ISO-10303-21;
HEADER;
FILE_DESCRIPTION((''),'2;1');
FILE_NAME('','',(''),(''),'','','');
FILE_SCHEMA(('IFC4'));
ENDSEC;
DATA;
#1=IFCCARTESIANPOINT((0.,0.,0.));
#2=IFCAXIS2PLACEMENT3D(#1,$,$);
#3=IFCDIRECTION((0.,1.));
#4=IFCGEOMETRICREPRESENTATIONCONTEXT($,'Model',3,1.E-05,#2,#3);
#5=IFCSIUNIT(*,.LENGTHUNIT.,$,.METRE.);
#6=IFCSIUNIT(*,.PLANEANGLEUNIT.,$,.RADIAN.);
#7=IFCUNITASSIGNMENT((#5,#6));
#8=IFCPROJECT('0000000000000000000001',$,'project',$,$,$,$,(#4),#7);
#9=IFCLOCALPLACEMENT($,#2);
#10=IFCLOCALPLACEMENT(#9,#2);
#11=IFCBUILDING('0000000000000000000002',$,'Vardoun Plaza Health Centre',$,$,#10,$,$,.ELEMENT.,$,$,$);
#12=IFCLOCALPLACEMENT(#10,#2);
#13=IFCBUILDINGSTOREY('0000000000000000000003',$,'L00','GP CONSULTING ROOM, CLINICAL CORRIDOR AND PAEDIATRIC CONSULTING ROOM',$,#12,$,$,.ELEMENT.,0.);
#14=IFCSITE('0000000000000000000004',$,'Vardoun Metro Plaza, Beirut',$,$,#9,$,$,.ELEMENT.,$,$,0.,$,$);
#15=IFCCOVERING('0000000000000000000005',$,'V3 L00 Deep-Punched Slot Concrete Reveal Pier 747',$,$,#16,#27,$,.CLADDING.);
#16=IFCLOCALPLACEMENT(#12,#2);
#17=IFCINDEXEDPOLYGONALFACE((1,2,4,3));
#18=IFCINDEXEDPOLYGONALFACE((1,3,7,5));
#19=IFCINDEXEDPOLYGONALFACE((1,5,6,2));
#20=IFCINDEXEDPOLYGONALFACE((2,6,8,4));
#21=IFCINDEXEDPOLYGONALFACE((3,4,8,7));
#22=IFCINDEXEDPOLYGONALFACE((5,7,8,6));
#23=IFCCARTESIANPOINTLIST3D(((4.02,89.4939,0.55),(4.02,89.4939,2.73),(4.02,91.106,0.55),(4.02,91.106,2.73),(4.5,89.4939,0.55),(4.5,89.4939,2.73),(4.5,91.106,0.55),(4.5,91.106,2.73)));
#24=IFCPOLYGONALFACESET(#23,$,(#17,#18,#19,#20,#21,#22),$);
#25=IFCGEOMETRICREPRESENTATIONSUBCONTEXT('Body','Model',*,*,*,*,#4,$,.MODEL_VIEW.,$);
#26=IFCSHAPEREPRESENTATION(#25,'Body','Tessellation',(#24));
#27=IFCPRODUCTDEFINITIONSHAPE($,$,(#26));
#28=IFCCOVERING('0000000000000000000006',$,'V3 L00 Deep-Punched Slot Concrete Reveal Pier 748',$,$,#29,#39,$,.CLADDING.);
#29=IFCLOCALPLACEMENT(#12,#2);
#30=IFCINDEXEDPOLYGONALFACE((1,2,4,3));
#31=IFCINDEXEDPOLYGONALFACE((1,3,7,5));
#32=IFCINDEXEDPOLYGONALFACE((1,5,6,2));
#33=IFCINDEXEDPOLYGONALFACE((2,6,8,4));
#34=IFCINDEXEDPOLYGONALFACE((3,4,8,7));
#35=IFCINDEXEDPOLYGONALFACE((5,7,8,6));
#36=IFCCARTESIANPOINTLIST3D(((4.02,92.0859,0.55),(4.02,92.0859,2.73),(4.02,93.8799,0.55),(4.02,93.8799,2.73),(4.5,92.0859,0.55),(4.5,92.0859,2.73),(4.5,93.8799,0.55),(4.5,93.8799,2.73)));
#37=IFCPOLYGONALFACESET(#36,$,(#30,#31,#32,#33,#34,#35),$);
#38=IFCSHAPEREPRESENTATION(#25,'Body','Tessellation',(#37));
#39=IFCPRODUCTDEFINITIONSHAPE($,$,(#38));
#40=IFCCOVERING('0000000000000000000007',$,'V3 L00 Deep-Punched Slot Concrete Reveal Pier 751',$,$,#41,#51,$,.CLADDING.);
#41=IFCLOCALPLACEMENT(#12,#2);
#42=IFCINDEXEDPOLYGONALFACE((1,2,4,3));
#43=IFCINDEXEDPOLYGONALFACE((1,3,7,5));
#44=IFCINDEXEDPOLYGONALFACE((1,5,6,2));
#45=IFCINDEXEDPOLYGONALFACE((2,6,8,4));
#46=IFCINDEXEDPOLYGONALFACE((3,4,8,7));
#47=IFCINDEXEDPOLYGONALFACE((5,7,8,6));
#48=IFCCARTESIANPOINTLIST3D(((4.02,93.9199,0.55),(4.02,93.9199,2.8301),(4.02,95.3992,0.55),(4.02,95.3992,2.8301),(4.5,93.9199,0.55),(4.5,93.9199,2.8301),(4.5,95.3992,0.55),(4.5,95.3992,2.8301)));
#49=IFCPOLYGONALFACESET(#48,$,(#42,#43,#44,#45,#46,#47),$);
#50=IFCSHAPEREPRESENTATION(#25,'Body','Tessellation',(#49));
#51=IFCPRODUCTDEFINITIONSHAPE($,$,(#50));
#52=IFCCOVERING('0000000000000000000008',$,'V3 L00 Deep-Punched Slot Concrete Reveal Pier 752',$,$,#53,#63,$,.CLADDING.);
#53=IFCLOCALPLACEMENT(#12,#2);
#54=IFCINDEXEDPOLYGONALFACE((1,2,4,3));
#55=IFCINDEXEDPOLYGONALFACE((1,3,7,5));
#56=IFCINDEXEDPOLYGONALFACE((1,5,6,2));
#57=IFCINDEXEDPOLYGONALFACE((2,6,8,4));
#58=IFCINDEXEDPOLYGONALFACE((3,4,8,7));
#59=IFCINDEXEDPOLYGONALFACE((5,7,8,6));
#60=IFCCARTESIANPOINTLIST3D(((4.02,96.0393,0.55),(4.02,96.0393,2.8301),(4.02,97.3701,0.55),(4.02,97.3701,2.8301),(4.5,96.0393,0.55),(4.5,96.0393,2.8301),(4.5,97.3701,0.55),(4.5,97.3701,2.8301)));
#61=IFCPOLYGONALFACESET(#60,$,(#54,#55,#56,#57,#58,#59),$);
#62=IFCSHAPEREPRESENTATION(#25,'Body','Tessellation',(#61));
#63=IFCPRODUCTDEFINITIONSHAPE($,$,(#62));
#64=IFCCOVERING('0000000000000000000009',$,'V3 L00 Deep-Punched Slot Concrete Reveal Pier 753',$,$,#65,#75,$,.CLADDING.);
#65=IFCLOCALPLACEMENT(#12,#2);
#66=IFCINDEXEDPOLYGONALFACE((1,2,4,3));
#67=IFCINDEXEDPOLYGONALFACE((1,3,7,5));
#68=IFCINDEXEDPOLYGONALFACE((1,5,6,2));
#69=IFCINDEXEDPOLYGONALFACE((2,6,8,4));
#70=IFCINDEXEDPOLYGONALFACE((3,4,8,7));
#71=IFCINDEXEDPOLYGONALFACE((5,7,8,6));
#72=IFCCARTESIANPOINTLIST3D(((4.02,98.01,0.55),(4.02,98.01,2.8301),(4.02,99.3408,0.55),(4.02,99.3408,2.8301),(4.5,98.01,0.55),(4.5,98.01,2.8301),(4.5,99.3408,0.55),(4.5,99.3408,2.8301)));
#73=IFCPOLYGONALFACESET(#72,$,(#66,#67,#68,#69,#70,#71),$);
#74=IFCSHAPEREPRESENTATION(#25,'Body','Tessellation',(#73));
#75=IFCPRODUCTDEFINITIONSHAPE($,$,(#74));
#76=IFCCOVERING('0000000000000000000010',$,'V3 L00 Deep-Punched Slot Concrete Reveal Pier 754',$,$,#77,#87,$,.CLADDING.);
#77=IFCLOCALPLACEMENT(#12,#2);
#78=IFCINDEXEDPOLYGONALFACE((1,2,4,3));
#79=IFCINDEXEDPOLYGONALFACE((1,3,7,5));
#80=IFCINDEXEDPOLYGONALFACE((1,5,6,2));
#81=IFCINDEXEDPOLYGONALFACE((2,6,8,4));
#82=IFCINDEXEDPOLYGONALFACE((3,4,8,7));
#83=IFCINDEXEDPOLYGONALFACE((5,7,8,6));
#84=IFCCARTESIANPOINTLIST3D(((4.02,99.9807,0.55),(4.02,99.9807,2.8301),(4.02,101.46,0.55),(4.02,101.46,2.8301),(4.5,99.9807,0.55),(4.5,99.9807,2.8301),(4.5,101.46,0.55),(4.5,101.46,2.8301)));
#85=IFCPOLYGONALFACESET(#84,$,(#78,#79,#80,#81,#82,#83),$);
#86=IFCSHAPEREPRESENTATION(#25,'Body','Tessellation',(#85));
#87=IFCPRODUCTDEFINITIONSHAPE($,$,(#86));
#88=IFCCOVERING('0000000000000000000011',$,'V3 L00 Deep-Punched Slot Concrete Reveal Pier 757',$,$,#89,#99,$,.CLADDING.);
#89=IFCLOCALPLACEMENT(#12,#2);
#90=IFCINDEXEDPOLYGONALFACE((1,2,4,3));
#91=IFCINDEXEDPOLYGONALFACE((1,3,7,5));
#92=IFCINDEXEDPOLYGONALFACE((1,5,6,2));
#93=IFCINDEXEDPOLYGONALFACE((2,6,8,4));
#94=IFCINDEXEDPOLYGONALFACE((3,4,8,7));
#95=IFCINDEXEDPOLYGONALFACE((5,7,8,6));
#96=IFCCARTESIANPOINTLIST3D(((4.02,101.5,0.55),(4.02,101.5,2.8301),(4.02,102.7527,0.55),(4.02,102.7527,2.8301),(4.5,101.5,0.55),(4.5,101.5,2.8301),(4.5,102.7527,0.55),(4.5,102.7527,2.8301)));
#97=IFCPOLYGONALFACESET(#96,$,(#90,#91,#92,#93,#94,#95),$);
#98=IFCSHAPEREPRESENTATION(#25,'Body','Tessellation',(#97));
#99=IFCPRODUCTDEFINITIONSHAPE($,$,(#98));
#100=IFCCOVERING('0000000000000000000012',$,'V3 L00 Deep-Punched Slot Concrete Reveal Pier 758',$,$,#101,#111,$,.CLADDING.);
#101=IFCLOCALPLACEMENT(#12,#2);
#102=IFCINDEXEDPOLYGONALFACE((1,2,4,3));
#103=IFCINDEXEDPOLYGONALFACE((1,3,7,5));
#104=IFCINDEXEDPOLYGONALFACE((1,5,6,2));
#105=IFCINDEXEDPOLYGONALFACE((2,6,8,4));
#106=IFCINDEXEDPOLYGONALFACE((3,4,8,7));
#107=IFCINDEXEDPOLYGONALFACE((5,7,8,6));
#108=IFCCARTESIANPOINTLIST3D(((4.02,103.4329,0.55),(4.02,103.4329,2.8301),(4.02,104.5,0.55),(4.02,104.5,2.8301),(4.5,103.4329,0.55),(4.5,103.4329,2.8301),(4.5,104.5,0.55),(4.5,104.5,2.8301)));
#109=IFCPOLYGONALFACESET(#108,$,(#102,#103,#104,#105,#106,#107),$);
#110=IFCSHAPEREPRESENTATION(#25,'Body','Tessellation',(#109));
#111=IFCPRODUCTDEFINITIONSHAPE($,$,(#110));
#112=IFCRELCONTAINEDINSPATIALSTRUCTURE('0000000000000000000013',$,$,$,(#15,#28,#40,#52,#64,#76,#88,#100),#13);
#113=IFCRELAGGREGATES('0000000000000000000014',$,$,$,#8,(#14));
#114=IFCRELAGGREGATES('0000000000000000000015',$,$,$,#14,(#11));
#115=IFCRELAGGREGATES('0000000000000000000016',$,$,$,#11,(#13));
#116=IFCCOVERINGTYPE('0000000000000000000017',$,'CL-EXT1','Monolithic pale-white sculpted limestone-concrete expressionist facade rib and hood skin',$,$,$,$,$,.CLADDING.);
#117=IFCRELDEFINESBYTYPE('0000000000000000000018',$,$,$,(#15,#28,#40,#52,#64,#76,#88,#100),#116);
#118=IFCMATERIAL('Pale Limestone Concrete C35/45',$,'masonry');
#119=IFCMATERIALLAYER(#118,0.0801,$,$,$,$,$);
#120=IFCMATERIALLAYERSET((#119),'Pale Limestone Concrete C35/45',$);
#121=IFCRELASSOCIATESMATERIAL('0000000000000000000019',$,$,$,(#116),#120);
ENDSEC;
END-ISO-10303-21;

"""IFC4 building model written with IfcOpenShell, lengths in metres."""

from ifc_helpers import new_model, si_unit, direction, frame, origin, place, context, subcontext, project, spatial, polyline, outline, extrude, material, layer, layer_set, type_object, element, save


model = new_model("IFC4")

# Units and contexts
model_context = context("Model", 3, precision=1e-05, world=origin(), true_north=direction((0.0, 1.0)))
body_context = subcontext(model_context, "Body", "Model", "MODEL_VIEW")
ifc_project = project(units=[si_unit("LENGTHUNIT", "METRE"), si_unit("PLANEANGLEUNIT", "RADIAN")], contexts=[model_context])

# Site, building, storey
site_placement = place(None, origin())
site = spatial("IfcSite", under=ifc_project, at=site_placement, Name="Vardoun Metro Plaza, Beirut", CompositionType="ELEMENT", RefElevation=0.0)
building_placement = place(site_placement, origin())
building = spatial("IfcBuilding", under=site, at=building_placement, Name="Vardoun Plaza Health Centre", CompositionType="ELEMENT")
storey_placement = place(building_placement, origin())
storey = spatial("IfcBuildingStorey", under=building, at=storey_placement, Name="L00", Description="GP CONSULTING ROOM, CLINICAL CORRIDOR AND PAEDIATRIC CONSULTING ROOM", CompositionType="ELEMENT", Elevation=0.0)

# Coverings
ifc_material = material(Name="Pale Limestone Concrete C35/45", Category="masonry")
ifc_layer = layer(ifc_material, 0.0801)
ifc_layer_set = layer_set([ifc_layer], Name="Pale Limestone Concrete C35/45")
covering_type = type_object("IfcCoveringType", Name="CL-EXT1", Description="Monolithic pale-white sculpted limestone-concrete expressionist facade rib and hood skin", PredefinedType="CLADDING", material=ifc_layer_set)
covering_1_placement = place(storey_placement, frame((0.0, 0.0, 0.55)))
element("IfcCovering", 1, at=covering_1_placement, inside=storey, type_object=covering_type, Name="V3 L00 Deep-Punched Slot Concrete Reveal Pier 747", PredefinedType="CLADDING", context=body_context, shape_type="SweptSolid", body=[
    extrude(outline(polyline([(4.5, 89.4939), (4.5, 91.106), (4.02, 91.106), (4.02, 89.4939), (4.5, 89.4939)])), origin(), (0.0, 0.0, 1.0), 2.1799),
])
covering_2_placement = place(storey_placement, frame((0.0, 0.0, 0.55)))
element("IfcCovering", 2, at=covering_2_placement, inside=storey, type_object=covering_type, Name="V3 L00 Deep-Punched Slot Concrete Reveal Pier 748", PredefinedType="CLADDING", context=body_context, shape_type="SweptSolid", body=[
    extrude(outline(polyline([(4.5, 92.0859), (4.5, 93.8799), (4.02, 93.8799), (4.02, 92.0859), (4.5, 92.0859)])), origin(), (0.0, 0.0, 1.0), 2.1799),
])
covering_3_placement = place(storey_placement, frame((0.0, 0.0, 0.55)))
element("IfcCovering", 3, at=covering_3_placement, inside=storey, type_object=covering_type, Name="V3 L00 Deep-Punched Slot Concrete Reveal Pier 751", PredefinedType="CLADDING", context=body_context, shape_type="SweptSolid", body=[
    extrude(outline(polyline([(4.5, 93.9199), (4.5, 95.3992), (4.02, 95.3992), (4.02, 93.9199), (4.5, 93.9199)])), origin(), (0.0, 0.0, 1.0), 2.28),
])
covering_4_placement = place(storey_placement, frame((0.0, 0.0, 0.55)))
element("IfcCovering", 4, at=covering_4_placement, inside=storey, type_object=covering_type, Name="V3 L00 Deep-Punched Slot Concrete Reveal Pier 752", PredefinedType="CLADDING", context=body_context, shape_type="SweptSolid", body=[
    extrude(outline(polyline([(4.5, 96.0393), (4.5, 97.3701), (4.02, 97.3701), (4.02, 96.0393), (4.5, 96.0393)])), origin(), (0.0, 0.0, 1.0), 2.28),
])
covering_5_placement = place(storey_placement, frame((0.0, 0.0, 0.55)))
element("IfcCovering", 5, at=covering_5_placement, inside=storey, type_object=covering_type, Name="V3 L00 Deep-Punched Slot Concrete Reveal Pier 753", PredefinedType="CLADDING", context=body_context, shape_type="SweptSolid", body=[
    extrude(outline(polyline([(4.5, 98.01), (4.5, 99.3408), (4.02, 99.3408), (4.02, 98.01), (4.5, 98.01)])), origin(), (0.0, 0.0, 1.0), 2.28),
])
covering_6_placement = place(storey_placement, frame((0.0, 0.0, 0.55)))
element("IfcCovering", 6, at=covering_6_placement, inside=storey, type_object=covering_type, Name="V3 L00 Deep-Punched Slot Concrete Reveal Pier 754", PredefinedType="CLADDING", context=body_context, shape_type="SweptSolid", body=[
    extrude(outline(polyline([(4.5, 99.9807), (4.5, 101.46), (4.02, 101.46), (4.02, 99.9807), (4.5, 99.9807)])), origin(), (0.0, 0.0, 1.0), 2.28),
])
covering_7_placement = place(storey_placement, frame((0.0, 0.0, 0.55)))
element("IfcCovering", 7, at=covering_7_placement, inside=storey, type_object=covering_type, Name="V3 L00 Deep-Punched Slot Concrete Reveal Pier 757", PredefinedType="CLADDING", context=body_context, shape_type="SweptSolid", body=[
    extrude(outline(polyline([(4.5, 101.5), (4.5, 102.7527), (4.02, 102.7527), (4.02, 101.5), (4.5, 101.5)])), origin(), (0.0, 0.0, 1.0), 2.28),
])
covering_8_placement = place(storey_placement, frame((0.0, 0.0, 0.55)))
element("IfcCovering", 8, at=covering_8_placement, inside=storey, type_object=covering_type, Name="V3 L00 Deep-Punched Slot Concrete Reveal Pier 758", PredefinedType="CLADDING", context=body_context, shape_type="SweptSolid", body=[
    extrude(outline(polyline([(4.5, 103.4329), (4.5, 104.5), (4.02, 104.5), (4.02, 103.4329), (4.5, 103.4329)])), origin(), (0.0, 0.0, 1.0), 2.28),
])

save(model, "model.ifc")
